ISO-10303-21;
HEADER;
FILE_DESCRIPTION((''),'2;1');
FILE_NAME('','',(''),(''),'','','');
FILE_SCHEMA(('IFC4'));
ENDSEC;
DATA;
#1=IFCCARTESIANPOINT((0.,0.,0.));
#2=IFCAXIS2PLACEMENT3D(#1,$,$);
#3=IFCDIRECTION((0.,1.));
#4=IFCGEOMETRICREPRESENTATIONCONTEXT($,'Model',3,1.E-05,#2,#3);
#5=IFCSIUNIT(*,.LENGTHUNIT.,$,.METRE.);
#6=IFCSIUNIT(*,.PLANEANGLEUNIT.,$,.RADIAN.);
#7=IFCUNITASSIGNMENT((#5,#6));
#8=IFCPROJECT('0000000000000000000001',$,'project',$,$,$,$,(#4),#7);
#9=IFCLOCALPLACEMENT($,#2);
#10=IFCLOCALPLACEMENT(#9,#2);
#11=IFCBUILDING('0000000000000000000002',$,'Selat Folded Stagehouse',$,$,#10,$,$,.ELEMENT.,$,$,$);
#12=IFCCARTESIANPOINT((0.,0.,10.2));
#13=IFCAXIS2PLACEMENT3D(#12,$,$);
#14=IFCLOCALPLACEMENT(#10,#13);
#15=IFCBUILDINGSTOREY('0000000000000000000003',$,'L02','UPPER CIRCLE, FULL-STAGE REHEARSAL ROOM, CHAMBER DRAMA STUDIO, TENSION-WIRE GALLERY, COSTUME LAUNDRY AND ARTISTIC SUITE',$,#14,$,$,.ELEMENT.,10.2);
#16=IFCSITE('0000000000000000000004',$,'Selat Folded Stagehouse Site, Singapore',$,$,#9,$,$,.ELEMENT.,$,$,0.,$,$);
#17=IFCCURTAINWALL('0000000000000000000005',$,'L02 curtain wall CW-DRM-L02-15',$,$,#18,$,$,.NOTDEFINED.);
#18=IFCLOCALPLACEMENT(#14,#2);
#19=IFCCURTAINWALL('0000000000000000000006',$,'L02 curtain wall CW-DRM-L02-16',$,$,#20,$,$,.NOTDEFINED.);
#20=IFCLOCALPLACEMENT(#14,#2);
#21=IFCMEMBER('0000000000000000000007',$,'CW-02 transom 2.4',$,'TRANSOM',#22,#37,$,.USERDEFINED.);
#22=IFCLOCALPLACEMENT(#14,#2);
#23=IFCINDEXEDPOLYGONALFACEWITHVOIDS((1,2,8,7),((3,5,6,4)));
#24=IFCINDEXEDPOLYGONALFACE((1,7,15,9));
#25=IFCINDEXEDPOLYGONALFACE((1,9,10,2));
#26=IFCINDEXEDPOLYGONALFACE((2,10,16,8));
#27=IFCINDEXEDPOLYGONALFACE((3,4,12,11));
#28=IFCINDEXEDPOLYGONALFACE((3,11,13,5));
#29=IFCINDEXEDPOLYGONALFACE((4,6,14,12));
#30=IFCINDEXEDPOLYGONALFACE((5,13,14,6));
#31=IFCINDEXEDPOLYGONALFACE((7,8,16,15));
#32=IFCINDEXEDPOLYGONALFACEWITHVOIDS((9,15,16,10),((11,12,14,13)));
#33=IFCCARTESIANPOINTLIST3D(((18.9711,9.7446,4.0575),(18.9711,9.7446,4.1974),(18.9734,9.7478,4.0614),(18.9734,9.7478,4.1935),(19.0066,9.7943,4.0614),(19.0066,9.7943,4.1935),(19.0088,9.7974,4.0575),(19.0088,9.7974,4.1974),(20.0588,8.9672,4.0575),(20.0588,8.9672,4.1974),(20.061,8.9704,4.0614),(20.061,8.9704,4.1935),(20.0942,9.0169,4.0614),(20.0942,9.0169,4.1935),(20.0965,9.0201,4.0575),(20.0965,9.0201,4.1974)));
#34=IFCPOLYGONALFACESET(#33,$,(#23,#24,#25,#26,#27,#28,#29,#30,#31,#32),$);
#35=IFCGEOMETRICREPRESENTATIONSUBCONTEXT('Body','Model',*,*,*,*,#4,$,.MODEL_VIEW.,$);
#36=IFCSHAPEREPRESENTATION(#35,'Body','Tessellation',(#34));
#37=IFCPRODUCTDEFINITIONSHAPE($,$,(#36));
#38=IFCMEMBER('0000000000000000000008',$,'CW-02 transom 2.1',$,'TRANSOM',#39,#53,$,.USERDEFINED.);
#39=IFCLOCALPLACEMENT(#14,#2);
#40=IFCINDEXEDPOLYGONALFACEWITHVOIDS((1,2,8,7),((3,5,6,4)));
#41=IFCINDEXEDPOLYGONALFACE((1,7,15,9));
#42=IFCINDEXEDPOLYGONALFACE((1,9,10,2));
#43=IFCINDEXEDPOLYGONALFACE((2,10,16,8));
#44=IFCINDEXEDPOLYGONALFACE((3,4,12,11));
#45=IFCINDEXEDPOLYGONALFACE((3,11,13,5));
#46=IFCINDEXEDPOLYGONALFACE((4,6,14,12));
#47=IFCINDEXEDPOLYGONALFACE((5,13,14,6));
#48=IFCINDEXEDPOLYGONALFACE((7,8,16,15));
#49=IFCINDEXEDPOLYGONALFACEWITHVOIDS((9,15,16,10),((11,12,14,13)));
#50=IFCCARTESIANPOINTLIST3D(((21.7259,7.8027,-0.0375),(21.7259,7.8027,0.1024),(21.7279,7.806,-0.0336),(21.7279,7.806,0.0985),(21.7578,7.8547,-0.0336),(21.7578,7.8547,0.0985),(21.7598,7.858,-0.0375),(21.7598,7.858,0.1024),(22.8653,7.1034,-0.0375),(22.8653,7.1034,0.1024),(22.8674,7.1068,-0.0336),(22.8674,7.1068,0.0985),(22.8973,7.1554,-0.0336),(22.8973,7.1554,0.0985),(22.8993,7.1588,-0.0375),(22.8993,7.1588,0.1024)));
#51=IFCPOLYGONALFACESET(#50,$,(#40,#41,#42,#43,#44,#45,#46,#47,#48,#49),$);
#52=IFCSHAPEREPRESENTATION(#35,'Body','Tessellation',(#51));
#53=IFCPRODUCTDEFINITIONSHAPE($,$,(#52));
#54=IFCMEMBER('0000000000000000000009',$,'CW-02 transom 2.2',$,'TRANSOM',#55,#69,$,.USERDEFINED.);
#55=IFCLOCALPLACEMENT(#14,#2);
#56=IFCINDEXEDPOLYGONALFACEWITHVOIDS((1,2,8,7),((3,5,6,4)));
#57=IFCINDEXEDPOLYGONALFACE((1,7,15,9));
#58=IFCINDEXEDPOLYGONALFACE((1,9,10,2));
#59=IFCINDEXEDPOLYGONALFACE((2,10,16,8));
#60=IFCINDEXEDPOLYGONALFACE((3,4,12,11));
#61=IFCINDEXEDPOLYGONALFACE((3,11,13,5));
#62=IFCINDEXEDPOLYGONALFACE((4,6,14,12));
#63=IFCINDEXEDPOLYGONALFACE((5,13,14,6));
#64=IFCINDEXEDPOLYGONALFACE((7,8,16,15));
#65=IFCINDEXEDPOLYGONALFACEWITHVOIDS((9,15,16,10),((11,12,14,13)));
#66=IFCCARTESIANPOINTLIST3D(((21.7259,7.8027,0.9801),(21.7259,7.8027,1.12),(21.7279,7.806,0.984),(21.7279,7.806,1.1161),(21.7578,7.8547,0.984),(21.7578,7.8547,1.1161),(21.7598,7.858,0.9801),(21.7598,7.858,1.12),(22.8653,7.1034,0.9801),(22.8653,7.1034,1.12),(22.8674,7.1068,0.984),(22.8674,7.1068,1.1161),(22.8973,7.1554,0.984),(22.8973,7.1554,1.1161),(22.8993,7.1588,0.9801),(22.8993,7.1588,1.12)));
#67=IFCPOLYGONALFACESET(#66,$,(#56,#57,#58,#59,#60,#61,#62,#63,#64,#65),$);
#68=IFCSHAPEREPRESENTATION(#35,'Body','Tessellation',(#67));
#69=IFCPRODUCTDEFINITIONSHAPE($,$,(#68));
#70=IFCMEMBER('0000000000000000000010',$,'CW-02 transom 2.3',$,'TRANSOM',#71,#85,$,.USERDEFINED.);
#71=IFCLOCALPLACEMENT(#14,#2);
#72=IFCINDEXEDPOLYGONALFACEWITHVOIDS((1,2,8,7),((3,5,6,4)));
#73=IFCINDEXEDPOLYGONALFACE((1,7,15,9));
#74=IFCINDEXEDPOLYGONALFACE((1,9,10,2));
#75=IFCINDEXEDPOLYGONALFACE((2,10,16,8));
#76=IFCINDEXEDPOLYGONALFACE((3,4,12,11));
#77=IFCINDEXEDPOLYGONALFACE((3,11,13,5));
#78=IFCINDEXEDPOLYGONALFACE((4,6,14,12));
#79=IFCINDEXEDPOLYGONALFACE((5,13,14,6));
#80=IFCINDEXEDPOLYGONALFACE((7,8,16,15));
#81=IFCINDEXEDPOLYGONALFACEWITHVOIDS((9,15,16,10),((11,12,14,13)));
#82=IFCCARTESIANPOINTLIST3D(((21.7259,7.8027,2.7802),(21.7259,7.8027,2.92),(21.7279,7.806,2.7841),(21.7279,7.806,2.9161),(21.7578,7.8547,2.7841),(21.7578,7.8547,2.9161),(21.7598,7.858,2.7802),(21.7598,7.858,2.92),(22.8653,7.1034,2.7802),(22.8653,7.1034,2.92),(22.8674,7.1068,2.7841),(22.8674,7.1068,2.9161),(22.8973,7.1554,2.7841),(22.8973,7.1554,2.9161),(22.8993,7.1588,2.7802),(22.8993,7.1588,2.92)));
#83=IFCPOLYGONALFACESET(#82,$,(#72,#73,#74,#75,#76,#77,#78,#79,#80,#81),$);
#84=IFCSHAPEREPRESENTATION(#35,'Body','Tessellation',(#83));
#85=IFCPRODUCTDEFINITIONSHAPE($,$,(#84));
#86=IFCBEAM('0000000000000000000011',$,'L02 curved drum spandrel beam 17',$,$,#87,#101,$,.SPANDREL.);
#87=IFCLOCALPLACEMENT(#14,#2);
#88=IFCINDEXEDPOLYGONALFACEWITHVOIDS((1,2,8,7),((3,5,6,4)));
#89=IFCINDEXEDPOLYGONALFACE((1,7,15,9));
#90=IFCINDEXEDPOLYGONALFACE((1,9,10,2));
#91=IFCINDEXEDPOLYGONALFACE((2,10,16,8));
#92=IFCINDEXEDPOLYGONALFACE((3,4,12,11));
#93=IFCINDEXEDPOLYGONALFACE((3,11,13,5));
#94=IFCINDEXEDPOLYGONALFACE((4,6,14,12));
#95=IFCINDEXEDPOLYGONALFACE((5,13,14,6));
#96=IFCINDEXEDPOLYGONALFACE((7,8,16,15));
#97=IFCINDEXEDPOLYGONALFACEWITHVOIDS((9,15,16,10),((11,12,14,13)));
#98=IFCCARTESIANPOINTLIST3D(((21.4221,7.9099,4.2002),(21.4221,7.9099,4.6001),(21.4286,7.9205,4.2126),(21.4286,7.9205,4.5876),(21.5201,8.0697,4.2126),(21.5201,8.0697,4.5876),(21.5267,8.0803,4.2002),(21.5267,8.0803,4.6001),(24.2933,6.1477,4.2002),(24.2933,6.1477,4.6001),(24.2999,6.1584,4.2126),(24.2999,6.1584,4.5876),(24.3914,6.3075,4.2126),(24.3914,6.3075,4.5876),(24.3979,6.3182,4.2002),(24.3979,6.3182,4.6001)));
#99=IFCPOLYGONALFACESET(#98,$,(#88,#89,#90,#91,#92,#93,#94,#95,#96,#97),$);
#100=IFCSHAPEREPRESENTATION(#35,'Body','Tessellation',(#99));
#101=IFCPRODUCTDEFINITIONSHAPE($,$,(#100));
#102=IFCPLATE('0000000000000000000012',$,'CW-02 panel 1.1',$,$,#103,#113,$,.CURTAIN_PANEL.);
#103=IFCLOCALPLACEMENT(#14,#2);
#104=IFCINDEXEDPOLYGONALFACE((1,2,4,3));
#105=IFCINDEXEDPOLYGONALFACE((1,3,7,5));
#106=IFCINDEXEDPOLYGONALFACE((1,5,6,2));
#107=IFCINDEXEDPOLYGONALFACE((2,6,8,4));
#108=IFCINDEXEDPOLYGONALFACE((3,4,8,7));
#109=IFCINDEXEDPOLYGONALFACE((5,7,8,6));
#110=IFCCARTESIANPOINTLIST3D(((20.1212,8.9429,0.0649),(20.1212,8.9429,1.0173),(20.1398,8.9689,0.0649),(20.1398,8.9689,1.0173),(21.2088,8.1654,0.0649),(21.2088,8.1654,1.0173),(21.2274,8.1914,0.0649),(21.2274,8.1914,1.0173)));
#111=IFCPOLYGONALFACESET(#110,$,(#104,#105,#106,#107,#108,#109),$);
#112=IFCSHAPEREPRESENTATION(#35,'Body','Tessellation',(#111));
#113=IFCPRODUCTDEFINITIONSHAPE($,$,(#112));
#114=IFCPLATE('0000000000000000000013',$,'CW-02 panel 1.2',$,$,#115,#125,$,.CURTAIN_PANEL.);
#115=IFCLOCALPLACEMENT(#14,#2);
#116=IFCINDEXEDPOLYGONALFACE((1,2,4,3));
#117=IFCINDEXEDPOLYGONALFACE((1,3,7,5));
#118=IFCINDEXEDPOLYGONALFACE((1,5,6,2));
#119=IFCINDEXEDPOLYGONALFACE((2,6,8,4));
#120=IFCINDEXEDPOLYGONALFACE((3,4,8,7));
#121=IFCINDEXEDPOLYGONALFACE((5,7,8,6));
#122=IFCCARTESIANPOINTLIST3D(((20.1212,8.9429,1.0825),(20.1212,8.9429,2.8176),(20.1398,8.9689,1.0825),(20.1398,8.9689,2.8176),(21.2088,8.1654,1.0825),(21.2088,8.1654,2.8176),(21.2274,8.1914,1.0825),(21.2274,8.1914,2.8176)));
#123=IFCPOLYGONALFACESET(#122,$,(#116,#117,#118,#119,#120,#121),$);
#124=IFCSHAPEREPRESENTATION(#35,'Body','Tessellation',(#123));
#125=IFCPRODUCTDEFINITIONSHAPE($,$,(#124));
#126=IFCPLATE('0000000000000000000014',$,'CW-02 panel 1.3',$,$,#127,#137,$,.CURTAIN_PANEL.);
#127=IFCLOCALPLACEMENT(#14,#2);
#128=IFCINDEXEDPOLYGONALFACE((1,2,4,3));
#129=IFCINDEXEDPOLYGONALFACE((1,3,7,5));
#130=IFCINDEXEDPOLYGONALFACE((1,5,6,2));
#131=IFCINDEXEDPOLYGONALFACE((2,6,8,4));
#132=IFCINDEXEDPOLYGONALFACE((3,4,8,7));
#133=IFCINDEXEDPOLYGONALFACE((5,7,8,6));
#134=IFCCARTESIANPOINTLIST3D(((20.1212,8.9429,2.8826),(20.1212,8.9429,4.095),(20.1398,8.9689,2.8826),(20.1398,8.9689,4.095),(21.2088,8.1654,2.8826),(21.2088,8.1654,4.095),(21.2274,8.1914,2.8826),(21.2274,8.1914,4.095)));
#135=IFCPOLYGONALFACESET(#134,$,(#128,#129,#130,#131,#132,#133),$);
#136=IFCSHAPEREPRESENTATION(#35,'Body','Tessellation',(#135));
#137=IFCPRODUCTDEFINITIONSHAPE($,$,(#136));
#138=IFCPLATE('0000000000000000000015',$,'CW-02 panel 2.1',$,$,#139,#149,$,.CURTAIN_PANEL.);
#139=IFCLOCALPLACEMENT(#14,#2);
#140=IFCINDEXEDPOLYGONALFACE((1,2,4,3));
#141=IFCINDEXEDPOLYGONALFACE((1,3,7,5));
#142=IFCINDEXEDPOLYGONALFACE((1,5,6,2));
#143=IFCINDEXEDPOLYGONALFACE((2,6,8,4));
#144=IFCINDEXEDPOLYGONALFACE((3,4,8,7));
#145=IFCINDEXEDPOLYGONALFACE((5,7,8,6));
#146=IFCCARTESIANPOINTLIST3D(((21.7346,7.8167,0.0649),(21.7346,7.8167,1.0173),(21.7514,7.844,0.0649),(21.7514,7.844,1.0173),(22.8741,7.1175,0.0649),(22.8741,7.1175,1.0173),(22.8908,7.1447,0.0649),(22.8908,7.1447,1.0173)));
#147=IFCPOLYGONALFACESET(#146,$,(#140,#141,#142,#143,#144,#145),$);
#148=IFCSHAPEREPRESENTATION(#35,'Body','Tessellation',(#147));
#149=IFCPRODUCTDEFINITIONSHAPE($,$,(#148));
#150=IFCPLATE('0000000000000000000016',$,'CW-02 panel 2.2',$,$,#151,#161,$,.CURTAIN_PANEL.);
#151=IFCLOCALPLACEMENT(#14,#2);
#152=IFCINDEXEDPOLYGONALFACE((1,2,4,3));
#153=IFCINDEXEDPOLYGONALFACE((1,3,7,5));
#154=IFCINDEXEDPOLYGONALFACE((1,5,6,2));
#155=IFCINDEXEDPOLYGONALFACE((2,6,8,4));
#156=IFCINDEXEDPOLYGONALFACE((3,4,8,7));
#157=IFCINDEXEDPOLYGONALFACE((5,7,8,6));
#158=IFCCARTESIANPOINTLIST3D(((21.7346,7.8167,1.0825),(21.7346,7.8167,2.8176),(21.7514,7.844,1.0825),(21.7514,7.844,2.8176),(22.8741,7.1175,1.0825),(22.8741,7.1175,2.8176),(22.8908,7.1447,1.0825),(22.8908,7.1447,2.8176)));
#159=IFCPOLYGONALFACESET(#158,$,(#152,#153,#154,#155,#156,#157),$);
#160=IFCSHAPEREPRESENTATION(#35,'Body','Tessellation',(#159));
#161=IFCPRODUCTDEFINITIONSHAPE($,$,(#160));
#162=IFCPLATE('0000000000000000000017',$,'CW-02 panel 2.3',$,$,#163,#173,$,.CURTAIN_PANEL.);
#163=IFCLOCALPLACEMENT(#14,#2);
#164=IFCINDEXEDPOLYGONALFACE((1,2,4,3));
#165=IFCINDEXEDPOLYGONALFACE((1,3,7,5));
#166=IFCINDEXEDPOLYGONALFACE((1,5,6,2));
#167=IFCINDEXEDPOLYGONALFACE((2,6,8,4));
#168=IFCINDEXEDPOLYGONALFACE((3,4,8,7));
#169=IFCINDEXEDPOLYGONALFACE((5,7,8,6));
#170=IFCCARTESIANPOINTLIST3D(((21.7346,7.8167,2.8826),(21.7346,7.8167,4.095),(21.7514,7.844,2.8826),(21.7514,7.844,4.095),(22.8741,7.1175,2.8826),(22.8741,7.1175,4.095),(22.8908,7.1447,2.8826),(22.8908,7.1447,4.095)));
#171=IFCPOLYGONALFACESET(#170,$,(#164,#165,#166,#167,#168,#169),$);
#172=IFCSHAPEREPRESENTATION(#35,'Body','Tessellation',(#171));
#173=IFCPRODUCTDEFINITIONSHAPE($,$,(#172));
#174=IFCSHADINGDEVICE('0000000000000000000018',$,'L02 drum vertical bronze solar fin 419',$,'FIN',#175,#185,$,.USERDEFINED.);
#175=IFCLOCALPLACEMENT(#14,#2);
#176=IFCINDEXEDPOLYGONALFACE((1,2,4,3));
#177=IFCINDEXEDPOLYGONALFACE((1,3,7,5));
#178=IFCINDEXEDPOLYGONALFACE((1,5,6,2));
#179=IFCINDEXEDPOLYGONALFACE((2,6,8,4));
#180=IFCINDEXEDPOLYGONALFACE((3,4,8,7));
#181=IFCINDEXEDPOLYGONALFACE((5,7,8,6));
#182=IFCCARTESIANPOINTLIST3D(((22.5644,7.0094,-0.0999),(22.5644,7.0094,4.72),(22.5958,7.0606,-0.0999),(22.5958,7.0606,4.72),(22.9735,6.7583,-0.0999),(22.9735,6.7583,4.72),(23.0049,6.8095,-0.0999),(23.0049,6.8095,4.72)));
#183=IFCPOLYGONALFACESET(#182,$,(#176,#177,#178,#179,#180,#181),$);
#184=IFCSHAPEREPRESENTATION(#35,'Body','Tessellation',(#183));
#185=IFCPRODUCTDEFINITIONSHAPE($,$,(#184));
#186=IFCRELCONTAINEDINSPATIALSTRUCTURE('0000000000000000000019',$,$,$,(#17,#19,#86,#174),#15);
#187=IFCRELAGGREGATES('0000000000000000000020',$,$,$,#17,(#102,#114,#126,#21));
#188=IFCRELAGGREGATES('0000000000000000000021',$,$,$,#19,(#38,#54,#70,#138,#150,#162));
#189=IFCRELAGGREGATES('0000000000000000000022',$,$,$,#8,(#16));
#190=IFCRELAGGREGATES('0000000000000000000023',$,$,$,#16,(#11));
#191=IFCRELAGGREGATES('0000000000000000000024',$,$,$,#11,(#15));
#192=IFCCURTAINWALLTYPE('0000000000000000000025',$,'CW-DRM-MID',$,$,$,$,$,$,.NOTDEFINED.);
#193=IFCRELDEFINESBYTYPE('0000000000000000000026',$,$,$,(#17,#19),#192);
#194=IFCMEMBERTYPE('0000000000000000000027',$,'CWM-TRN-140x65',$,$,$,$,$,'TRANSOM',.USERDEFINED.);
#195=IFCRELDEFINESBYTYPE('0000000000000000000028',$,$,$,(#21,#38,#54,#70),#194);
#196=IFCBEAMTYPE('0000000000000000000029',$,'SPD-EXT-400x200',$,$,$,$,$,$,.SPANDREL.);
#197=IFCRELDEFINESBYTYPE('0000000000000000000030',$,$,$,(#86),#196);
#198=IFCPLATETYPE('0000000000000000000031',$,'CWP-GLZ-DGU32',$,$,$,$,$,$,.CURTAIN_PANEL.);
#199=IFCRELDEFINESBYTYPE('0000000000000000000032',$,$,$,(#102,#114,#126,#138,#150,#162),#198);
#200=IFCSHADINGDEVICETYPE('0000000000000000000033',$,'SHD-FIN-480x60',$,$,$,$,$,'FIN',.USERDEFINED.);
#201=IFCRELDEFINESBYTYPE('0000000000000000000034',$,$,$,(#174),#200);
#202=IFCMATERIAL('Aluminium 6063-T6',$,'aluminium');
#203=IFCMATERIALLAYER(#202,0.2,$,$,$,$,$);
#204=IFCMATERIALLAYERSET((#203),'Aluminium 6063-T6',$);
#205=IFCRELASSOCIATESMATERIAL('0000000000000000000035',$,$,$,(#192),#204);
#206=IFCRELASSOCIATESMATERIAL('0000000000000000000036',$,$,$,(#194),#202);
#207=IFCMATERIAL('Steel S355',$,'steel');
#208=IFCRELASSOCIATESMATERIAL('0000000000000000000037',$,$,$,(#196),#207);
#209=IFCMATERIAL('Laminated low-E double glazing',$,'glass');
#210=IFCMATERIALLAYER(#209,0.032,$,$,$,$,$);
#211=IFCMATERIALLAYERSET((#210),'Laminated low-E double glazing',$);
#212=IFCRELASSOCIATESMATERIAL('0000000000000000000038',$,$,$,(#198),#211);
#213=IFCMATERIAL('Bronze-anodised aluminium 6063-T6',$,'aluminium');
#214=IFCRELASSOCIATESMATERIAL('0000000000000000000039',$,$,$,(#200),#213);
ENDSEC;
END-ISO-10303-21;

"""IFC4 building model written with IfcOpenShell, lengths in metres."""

from ifc_helpers import new_model, si_unit, direction, frame, origin, origin_2d, place, context, subcontext, project, spatial, rectangle, hollow_rectangle, extrude, material, layer, layer_set, material_profile, profile_set, type_object, element, aggregate, save


model = new_model("IFC4")

# Units and contexts
model_context = context("Model", 3, precision=1e-05, world=origin(), true_north=direction((0.0, 1.0)))
body_context = subcontext(model_context, "Body", "Model", "MODEL_VIEW")
ifc_project = project(units=[si_unit("LENGTHUNIT", "METRE"), si_unit("PLANEANGLEUNIT", "RADIAN")], contexts=[model_context])

# Site, building, storey
site_placement = place(None, origin())
site = spatial("IfcSite", under=ifc_project, at=site_placement, Name="Selat Folded Stagehouse Site, Singapore", CompositionType="ELEMENT", RefElevation=0.0)
building_placement = place(site_placement, origin())
building = spatial("IfcBuilding", under=site, at=building_placement, Name="Selat Folded Stagehouse", CompositionType="ELEMENT")
storey_placement = place(building_placement, frame((0.0, 0.0, 10.2)))
storey = spatial("IfcBuildingStorey", under=building, at=storey_placement, Name="L02", Description="UPPER CIRCLE, FULL-STAGE REHEARSAL ROOM, CHAMBER DRAMA STUDIO, TENSION-WIRE GALLERY, COSTUME LAUNDRY AND ARTISTIC SUITE", CompositionType="ELEMENT", Elevation=10.2)

# Shared definitions
ifc_material_1 = material(Name="Steel S355", Category="steel")

# Curtain wall
ifc_material_2 = material(Name="Aluminium 6063-T6", Category="aluminium")
ifc_layer_1 = layer(ifc_material_2, 0.2)
ifc_layer_set_1 = layer_set([ifc_layer_1], Name="Aluminium 6063-T6")
curtain_wall_type = type_object("IfcCurtainWallType", Name="CW-DRM-MID", PredefinedType="NOTDEFINED", material=ifc_layer_set_1)
curtain_wall_1_placement = place(storey_placement, origin())
curtain_wall_1 = element("IfcCurtainWall", 1, at=curtain_wall_1_placement, inside=storey, type_object=curtain_wall_type, Name="L02 curtain wall CW-DRM-L02-15", PredefinedType="NOTDEFINED")

# Curtain wall
curtain_wall_2_placement = place(storey_placement, origin())
curtain_wall_2 = element("IfcCurtainWall", 2, at=curtain_wall_2_placement, inside=storey, type_object=curtain_wall_type, Name="L02 curtain wall CW-DRM-L02-16", PredefinedType="NOTDEFINED")

# Members
ifc_material_profile_1 = material_profile(ifc_material_2, hollow_rectangle(XDim=0.0649, YDim=0.1399, WallThickness=0.0039, at=origin_2d()), Name="ALU 140x65x4.0")
ifc_profile_set_1 = profile_set([ifc_material_profile_1], Name="Aluminium 6063-T6")
member_type_1 = type_object("IfcMemberType", Name="CWM-TRN-140x65", ElementType="TRANSOM", PredefinedType="USERDEFINED", material=ifc_profile_set_1)
member_1_placement = place(storey_placement, frame((20.0776, 8.9937, 4.1274), z_axis=(-0.813573, 0.581463, 0.0), x_axis=(-0.581463, -0.813573, 0.0)))
member_1 = element("IfcMember", 3, at=member_1_placement, type_object=member_type_1, Name="CW-02 transom 2.4", ObjectType="TRANSOM", PredefinedType="USERDEFINED", context=body_context, shape_type="SweptSolid", body=[
    extrude(hollow_rectangle(XDim=0.0649, YDim=0.1399, WallThickness=0.0039, at=origin_2d()), origin(), (0.0, 0.0, 1.0), 1.3369),
])
member_2_placement = place(storey_placement, frame((22.8823, 7.1311, 0.0325), z_axis=(-0.85231, 0.523037, 0.0), x_axis=(-0.523037, -0.85231, 0.0)))
member_2 = element("IfcMember", 4, at=member_2_placement, type_object=member_type_1, Name="CW-02 transom 2.1", ObjectType="TRANSOM", PredefinedType="USERDEFINED", context=body_context, shape_type="SweptSolid", body=[
    extrude(hollow_rectangle(XDim=0.0649, YDim=0.1399, WallThickness=0.0039, at=origin_2d()), origin(), (0.0, 0.0, 1.0), 1.3369),
])
member_3_placement = place(storey_placement, frame((22.8823, 7.1311, 1.05), z_axis=(-0.85231, 0.523037, 0.0), x_axis=(-0.523037, -0.85231, 0.0)))
member_3 = element("IfcMember", 5, at=member_3_placement, type_object=member_type_1, Name="CW-02 transom 2.2", ObjectType="TRANSOM", PredefinedType="USERDEFINED", context=body_context, shape_type="SweptSolid", body=[
    extrude(hollow_rectangle(XDim=0.0649, YDim=0.1399, WallThickness=0.0039, at=origin_2d()), origin(), (0.0, 0.0, 1.0), 1.3369),
])
member_4_placement = place(storey_placement, frame((22.8823, 7.1311, 2.8501), z_axis=(-0.85231, 0.523037, 0.0), x_axis=(-0.523037, -0.85231, 0.0)))
member_4 = element("IfcMember", 6, at=member_4_placement, type_object=member_type_1, Name="CW-02 transom 2.3", ObjectType="TRANSOM", PredefinedType="USERDEFINED", context=body_context, shape_type="SweptSolid", body=[
    extrude(hollow_rectangle(XDim=0.0649, YDim=0.1399, WallThickness=0.0039, at=origin_2d()), origin(), (0.0, 0.0, 1.0), 1.3369),
])

# Beam
ifc_material_profile_2 = material_profile(ifc_material_1, hollow_rectangle(XDim=0.2, YDim=0.3999, WallThickness=0.0125, at=origin_2d()), Name="RHS 400x200x12.5")
ifc_profile_set_2 = profile_set([ifc_material_profile_2], Name="Steel S355")
beam_type = type_object("IfcBeamType", Name="SPD-EXT-400x200", PredefinedType="SPANDREL", material=ifc_profile_set_2)
beam_placement = place(storey_placement, frame((21.4744, 7.9951, 4.4001), z_axis=(0.85229, -0.52307, 0.0), x_axis=(0.52307, 0.85229, 0.0)))
element("IfcBeam", 7, at=beam_placement, inside=storey, type_object=beam_type, Name="L02 curved drum spandrel beam 17", PredefinedType="SPANDREL", context=body_context, shape_type="SweptSolid", body=[
    extrude(hollow_rectangle(XDim=0.2, YDim=0.3999, WallThickness=0.0125, at=origin_2d()), origin(), (0.0, 0.0, 1.0), 3.3689),
])

# Plates
ifc_material_3 = material(Name="Laminated low-E double glazing", Category="glass")
ifc_layer_2 = layer(ifc_material_3, 0.032)
ifc_layer_set_2 = layer_set([ifc_layer_2], Name="Laminated low-E double glazing")
plate_type = type_object("IfcPlateType", Name="CWP-GLZ-DGU32", PredefinedType="CURTAIN_PANEL", material=ifc_layer_set_2)
plate_1_placement = place(storey_placement, frame((20.6743, 8.5671, 0.0649), z_axis=(0.0, 0.0, 1.0), x_axis=(-0.813526, 0.581528, 0.0)))
plate_1 = element("IfcPlate", 8, at=plate_1_placement, type_object=plate_type, Name="CW-02 panel 1.1", PredefinedType="CURTAIN_PANEL", context=body_context, shape_type="SweptSolid", body=[
    extrude(rectangle(XDim=1.3369, YDim=0.032, at=origin_2d()), origin(), (0.0, 0.0, 1.0), 0.9524),
])
plate_2_placement = place(storey_placement, frame((20.6743, 8.5671, 1.0825), z_axis=(0.0, 0.0, 1.0), x_axis=(-0.813526, 0.581528, 0.0)))
plate_2 = element("IfcPlate", 9, at=plate_2_placement, type_object=plate_type, Name="CW-02 panel 1.2", PredefinedType="CURTAIN_PANEL", context=body_context, shape_type="SweptSolid", body=[
    extrude(rectangle(XDim=1.3369, YDim=0.032, at=origin_2d()), origin(), (0.0, 0.0, 1.0), 1.7351),
])
plate_3_placement = place(storey_placement, frame((20.6743, 8.5671, 2.8826), z_axis=(0.0, 0.0, 1.0), x_axis=(-0.813526, 0.581528, 0.0)))
plate_3 = element("IfcPlate", 10, at=plate_3_placement, type_object=plate_type, Name="CW-02 panel 1.3", PredefinedType="CURTAIN_PANEL", context=body_context, shape_type="SweptSolid", body=[
    extrude(rectangle(XDim=1.3369, YDim=0.032, at=origin_2d()), origin(), (0.0, 0.0, 1.0), 1.2124),
])
aggregate(curtain_wall_1, [plate_1, plate_2, plate_3, member_1])
plate_4_placement = place(storey_placement, frame((22.3127, 7.4807, 0.0649), z_axis=(0.0, 0.0, 1.0), x_axis=(-0.852317, 0.523025, 0.0)))
plate_4 = element("IfcPlate", 11, at=plate_4_placement, type_object=plate_type, Name="CW-02 panel 2.1", PredefinedType="CURTAIN_PANEL", context=body_context, shape_type="SweptSolid", body=[
    extrude(rectangle(XDim=1.3369, YDim=0.032, at=origin_2d()), origin(), (0.0, 0.0, 1.0), 0.9524),
])
plate_5_placement = place(storey_placement, frame((22.3127, 7.4807, 1.0825), z_axis=(0.0, 0.0, 1.0), x_axis=(-0.852317, 0.523025, 0.0)))
plate_5 = element("IfcPlate", 12, at=plate_5_placement, type_object=plate_type, Name="CW-02 panel 2.2", PredefinedType="CURTAIN_PANEL", context=body_context, shape_type="SweptSolid", body=[
    extrude(rectangle(XDim=1.3369, YDim=0.032, at=origin_2d()), origin(), (0.0, 0.0, 1.0), 1.7351),
])
plate_6_placement = place(storey_placement, frame((22.3127, 7.4807, 2.8826), z_axis=(0.0, 0.0, 1.0), x_axis=(-0.852317, 0.523025, 0.0)))
plate_6 = element("IfcPlate", 13, at=plate_6_placement, type_object=plate_type, Name="CW-02 panel 2.3", PredefinedType="CURTAIN_PANEL", context=body_context, shape_type="SweptSolid", body=[
    extrude(rectangle(XDim=1.3369, YDim=0.032, at=origin_2d()), origin(), (0.0, 0.0, 1.0), 1.2124),
])
aggregate(curtain_wall_2, [member_2, member_3, member_4, plate_4, plate_5, plate_6])

# Shading device
ifc_material_4 = material(Name="Bronze-anodised aluminium 6063-T6", Category="aluminium")
ifc_material_profile_3 = material_profile(ifc_material_4, rectangle(XDim=0.0601, YDim=0.48, at=origin_2d()), Name="SOLAR-FIN 480x60")
ifc_profile_set_3 = profile_set([ifc_material_profile_3], Name="Bronze-anodised aluminium 6063-T6")
shading_device_type = type_object("IfcShadingDeviceType", Name="SHD-FIN-480x60", ElementType="FIN", PredefinedType="USERDEFINED", material=ifc_profile_set_3)
shading_device_placement = place(storey_placement, frame((22.7847, 6.9094, -0.0999), z_axis=(0.0, 0.0, 1.0), x_axis=(-0.523094, -0.852275, 0.0)))
element("IfcShadingDevice", 14, at=shading_device_placement, inside=storey, type_object=shading_device_type, Name="L02 drum vertical bronze solar fin 419", ObjectType="FIN", PredefinedType="USERDEFINED", context=body_context, shape_type="SweptSolid", body=[
    extrude(rectangle(XDim=0.0601, YDim=0.48, at=origin_2d()), origin(), (0.0, 0.0, 1.0), 4.8198),
])

save(model, "model.ifc")
